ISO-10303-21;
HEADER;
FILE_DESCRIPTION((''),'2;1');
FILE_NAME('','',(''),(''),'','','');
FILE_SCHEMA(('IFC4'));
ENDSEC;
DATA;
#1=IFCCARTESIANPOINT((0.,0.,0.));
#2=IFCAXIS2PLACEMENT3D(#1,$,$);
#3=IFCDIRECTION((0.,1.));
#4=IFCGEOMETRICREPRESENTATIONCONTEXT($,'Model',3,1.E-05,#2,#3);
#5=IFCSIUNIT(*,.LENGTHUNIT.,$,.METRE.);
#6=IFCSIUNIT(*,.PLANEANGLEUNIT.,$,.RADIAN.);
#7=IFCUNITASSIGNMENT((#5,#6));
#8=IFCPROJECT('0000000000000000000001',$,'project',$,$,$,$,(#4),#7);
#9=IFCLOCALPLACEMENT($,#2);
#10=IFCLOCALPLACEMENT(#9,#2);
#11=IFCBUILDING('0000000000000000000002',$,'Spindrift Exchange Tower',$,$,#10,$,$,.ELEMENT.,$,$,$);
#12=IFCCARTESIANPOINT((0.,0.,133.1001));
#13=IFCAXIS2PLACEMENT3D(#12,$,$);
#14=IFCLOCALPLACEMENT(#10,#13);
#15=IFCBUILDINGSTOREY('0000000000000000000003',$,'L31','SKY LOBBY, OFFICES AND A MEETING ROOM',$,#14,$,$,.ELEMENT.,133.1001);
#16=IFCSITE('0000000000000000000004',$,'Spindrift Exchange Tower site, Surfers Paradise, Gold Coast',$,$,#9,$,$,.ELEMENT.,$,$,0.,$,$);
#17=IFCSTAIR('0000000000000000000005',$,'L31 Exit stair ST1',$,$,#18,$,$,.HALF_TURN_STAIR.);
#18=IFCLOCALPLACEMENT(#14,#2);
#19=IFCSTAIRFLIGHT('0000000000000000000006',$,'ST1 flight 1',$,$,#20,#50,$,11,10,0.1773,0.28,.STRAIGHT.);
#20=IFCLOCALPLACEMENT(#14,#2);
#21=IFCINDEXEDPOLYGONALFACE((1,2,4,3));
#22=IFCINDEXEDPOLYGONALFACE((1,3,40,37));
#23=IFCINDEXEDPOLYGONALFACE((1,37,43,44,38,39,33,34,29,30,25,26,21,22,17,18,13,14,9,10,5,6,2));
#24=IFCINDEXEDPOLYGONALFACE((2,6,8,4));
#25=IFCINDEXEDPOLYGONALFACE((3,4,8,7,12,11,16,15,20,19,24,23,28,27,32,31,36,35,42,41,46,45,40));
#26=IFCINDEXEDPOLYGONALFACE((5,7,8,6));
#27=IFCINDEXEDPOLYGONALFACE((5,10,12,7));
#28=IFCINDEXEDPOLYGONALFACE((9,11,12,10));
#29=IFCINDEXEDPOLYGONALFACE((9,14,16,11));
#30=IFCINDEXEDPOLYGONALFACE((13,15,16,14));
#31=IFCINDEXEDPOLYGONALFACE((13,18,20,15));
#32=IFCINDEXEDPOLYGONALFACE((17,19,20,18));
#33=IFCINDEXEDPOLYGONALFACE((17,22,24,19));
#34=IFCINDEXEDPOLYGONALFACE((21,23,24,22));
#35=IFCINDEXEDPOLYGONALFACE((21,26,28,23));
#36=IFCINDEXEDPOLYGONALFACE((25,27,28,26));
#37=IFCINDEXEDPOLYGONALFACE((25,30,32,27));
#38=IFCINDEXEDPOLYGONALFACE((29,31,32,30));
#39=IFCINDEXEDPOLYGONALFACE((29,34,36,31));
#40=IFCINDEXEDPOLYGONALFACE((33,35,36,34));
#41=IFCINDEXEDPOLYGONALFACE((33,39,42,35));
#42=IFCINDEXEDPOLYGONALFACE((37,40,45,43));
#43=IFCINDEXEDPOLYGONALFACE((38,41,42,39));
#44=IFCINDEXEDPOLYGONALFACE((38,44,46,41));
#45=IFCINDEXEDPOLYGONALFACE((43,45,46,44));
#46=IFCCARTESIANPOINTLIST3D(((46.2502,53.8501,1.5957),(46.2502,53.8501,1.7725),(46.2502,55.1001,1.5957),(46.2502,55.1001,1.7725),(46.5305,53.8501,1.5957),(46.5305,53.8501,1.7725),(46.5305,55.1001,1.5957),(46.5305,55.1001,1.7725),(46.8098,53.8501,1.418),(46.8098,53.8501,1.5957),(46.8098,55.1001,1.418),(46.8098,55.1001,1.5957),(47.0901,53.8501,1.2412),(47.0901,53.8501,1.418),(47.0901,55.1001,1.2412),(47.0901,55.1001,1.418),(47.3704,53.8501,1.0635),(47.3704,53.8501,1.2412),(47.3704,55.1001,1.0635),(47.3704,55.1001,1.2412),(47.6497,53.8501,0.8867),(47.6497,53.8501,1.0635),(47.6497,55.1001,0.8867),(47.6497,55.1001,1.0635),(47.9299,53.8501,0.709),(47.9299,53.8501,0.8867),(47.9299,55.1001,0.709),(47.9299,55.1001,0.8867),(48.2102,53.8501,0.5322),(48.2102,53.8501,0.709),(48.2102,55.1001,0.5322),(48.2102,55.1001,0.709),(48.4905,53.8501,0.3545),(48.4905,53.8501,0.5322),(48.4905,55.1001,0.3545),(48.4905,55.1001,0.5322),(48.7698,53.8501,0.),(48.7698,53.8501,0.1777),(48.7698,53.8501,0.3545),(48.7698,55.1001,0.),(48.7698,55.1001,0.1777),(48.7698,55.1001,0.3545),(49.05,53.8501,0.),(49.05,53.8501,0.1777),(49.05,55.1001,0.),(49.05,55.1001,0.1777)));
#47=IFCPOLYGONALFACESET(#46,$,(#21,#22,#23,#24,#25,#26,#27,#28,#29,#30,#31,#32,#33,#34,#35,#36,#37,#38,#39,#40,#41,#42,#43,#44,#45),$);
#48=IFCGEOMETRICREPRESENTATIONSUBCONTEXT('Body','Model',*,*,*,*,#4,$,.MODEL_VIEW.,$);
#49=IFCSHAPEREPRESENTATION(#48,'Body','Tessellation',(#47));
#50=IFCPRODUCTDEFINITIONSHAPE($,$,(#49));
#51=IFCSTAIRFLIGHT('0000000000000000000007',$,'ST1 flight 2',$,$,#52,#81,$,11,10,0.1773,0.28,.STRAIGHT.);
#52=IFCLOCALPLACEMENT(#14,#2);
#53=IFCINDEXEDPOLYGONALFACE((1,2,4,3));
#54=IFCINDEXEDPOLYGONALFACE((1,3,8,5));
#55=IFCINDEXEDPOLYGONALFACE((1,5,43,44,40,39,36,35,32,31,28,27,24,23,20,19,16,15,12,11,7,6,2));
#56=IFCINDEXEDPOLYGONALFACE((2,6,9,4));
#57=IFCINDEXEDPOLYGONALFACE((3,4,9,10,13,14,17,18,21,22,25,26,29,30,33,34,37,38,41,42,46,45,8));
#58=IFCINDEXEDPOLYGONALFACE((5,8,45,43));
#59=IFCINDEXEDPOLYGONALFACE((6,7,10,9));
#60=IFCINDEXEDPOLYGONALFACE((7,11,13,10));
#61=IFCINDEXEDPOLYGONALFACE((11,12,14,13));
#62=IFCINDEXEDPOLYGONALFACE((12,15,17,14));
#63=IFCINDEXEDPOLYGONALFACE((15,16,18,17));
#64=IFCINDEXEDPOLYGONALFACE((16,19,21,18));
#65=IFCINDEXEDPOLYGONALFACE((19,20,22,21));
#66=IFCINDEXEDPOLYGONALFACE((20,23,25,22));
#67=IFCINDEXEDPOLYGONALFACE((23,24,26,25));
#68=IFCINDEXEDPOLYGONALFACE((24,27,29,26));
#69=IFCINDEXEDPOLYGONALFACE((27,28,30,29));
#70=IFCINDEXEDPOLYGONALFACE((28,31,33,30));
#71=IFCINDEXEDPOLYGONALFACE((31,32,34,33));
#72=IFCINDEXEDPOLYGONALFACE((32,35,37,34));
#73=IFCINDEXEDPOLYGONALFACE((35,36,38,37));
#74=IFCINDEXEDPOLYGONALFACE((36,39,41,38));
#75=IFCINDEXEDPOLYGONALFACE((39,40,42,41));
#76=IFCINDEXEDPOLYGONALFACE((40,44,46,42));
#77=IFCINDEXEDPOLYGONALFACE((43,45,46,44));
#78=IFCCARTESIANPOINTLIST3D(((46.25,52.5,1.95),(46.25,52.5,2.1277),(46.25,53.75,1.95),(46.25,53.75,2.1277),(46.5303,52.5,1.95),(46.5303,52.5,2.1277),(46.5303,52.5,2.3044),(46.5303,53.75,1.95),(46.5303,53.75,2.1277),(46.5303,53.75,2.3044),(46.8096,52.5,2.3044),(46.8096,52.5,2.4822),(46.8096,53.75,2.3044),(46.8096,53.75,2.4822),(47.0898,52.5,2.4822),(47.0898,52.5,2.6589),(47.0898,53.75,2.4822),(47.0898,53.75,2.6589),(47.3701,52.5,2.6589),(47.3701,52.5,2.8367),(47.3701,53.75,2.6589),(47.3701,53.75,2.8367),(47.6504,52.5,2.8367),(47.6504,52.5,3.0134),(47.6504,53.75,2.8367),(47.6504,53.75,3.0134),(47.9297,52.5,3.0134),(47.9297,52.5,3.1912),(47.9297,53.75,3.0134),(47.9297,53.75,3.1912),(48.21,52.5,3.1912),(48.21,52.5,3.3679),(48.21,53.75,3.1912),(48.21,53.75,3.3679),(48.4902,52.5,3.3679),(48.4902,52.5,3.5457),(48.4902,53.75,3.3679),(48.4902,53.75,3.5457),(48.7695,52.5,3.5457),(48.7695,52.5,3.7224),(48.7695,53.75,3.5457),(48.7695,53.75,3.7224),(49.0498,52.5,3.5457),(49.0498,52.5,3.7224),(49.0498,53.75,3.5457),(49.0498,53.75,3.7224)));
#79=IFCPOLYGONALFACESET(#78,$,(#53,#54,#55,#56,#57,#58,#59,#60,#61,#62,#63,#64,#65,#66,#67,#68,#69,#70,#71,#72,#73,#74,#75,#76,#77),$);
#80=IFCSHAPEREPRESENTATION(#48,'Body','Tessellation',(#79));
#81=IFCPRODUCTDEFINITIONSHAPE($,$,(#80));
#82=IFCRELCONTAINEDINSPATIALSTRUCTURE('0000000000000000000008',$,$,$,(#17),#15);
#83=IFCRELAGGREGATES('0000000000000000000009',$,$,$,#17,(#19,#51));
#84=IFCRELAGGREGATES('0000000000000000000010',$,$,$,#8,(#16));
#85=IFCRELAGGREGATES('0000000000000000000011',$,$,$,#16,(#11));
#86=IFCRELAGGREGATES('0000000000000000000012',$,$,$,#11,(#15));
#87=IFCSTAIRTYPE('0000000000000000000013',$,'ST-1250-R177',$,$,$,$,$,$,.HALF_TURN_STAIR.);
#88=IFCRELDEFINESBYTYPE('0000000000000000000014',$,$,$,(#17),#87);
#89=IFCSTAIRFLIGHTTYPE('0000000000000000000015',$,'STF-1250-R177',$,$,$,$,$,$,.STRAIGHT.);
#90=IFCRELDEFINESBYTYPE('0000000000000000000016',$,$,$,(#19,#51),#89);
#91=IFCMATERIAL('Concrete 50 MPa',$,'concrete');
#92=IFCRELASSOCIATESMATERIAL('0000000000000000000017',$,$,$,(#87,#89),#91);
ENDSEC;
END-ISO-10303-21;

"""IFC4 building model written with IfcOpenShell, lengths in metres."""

from ifc_helpers import new_model, si_unit, direction, frame, origin, place, context, subcontext, project, spatial, line, indexed_curve, outline, extrude, material, type_object, element, aggregate, save


model = new_model("IFC4")

# Units and contexts
model_context = context("Model", 3, precision=1e-05, world=origin(), true_north=direction((0.0, 1.0)))
body_context = subcontext(model_context, "Body", "Model", "MODEL_VIEW")
ifc_project = project(units=[si_unit("LENGTHUNIT", "METRE"), si_unit("PLANEANGLEUNIT", "RADIAN")], contexts=[model_context])

# Site, building, storey
site_placement = place(None, origin())
site = spatial("IfcSite", under=ifc_project, at=site_placement, Name="Spindrift Exchange Tower site, Surfers Paradise, Gold Coast", CompositionType="ELEMENT", RefElevation=0.0)
building_placement = place(site_placement, origin())
building = spatial("IfcBuilding", under=site, at=building_placement, Name="Spindrift Exchange Tower", CompositionType="ELEMENT")
storey_placement = place(building_placement, frame((0.0, 0.0, 133.1001)))
storey = spatial("IfcBuildingStorey", under=building, at=storey_placement, Name="L31", Description="SKY LOBBY, OFFICES AND A MEETING ROOM", CompositionType="ELEMENT", Elevation=133.1001)

# Stair, stair flights
ifc_material_1 = material(Name="Concrete 50 MPa", Category="concrete")
stair_type = type_object("IfcStairType", Name="ST-1250-R177", PredefinedType="HALF_TURN_STAIR", material=ifc_material_1)
stair_placement = place(storey_placement, origin())
stair = element("IfcStair", 1, at=stair_placement, inside=storey, type_object=stair_type, Name="L31 Exit stair ST1", PredefinedType="HALF_TURN_STAIR")
stair_flight_type = type_object("IfcStairFlightType", Name="STF-1250-R177", PredefinedType="STRAIGHT", material=ifc_material_1)
stair_flight_1_placement = place(storey_placement, frame((49.05, 54.4751, 0.0), z_axis=(0.0, 0.0, 1.0), x_axis=(-1.0, 0.0, 0.0)))
stair_flight_1 = element("IfcStairFlight", 2, at=stair_flight_1_placement, type_object=stair_flight_type, Name="ST1 flight 1", NumberOfRisers=11, NumberOfTreads=10, PredefinedType="STRAIGHT", RiserHeight=0.1773, TreadLength=0.28, context=body_context, shape_type="SweptSolid", body=[
    extrude(outline(indexed_curve([(0.0, 0.0), (0.0, 0.1777), (0.2803, 0.1777), (0.2803, 0.3545), (0.5596, 0.3545), (0.5596, 0.5322), (0.8398, 0.5322), (0.8398, 0.709), (1.1201, 0.709), (1.1201, 0.8867), (1.4004, 0.8867), (1.4004, 1.0635), (1.6797, 1.0635), (1.6797, 1.2412), (1.96, 1.2412), (1.96, 1.418), (2.2402, 1.418), (2.2402, 1.5957), (2.5195, 1.5957), (2.5195, 1.7725), (2.7998, 1.7725), (2.7998, 1.9502), (2.7998, 1.5957), (0.2803, 0.0)], segments=[line(1, 2, 3, 4, 5, 6, 7, 8, 9, 10, 11, 12, 13, 14, 15, 16, 17, 18, 19, 20, 21, 22, 23, 24, 1)], self_intersect=False)), frame((0.0, 0.625, 0.0), z_axis=(0.0, -1.0, 0.0), x_axis=(1.0, 0.0, 0.0)), (0.0, 0.0, 1.0), 1.25),
])
stair_flight_2_placement = place(storey_placement, frame((46.25, 53.125, 1.95), z_axis=(0.0, 0.0, 1.0), x_axis=(1.0, 0.0, 0.0)))
stair_flight_2 = element("IfcStairFlight", 3, at=stair_flight_2_placement, type_object=stair_flight_type, Name="ST1 flight 2", NumberOfRisers=11, NumberOfTreads=10, PredefinedType="STRAIGHT", RiserHeight=0.1773, TreadLength=0.28, context=body_context, shape_type="SweptSolid", body=[
    extrude(outline(indexed_curve([(0.0, 0.0), (0.0, 0.1777), (0.2803, 0.1777), (0.2803, 0.3545), (0.5596, 0.3545), (0.5596, 0.5322), (0.8398, 0.5322), (0.8398, 0.709), (1.1201, 0.709), (1.1201, 0.8867), (1.4004, 0.8867), (1.4004, 1.0635), (1.6797, 1.0635), (1.6797, 1.2412), (1.96, 1.2412), (1.96, 1.418), (2.2402, 1.418), (2.2402, 1.5957), (2.5195, 1.5957), (2.5195, 1.7725), (2.7998, 1.7725), (2.7998, 1.9502), (2.7998, 1.5957), (0.2803, 0.0)], segments=[line(1, 2, 3, 4, 5, 6, 7, 8, 9, 10, 11, 12, 13, 14, 15, 16, 17, 18, 19, 20, 21, 22, 23, 24, 1)], self_intersect=False)), frame((0.0, 0.625, 0.0), z_axis=(0.0, -1.0, 0.0), x_axis=(1.0, 0.0, 0.0)), (0.0, 0.0, 1.0), 1.25),
])
aggregate(stair, [stair_flight_1, stair_flight_2])

save(model, "model.ifc")
